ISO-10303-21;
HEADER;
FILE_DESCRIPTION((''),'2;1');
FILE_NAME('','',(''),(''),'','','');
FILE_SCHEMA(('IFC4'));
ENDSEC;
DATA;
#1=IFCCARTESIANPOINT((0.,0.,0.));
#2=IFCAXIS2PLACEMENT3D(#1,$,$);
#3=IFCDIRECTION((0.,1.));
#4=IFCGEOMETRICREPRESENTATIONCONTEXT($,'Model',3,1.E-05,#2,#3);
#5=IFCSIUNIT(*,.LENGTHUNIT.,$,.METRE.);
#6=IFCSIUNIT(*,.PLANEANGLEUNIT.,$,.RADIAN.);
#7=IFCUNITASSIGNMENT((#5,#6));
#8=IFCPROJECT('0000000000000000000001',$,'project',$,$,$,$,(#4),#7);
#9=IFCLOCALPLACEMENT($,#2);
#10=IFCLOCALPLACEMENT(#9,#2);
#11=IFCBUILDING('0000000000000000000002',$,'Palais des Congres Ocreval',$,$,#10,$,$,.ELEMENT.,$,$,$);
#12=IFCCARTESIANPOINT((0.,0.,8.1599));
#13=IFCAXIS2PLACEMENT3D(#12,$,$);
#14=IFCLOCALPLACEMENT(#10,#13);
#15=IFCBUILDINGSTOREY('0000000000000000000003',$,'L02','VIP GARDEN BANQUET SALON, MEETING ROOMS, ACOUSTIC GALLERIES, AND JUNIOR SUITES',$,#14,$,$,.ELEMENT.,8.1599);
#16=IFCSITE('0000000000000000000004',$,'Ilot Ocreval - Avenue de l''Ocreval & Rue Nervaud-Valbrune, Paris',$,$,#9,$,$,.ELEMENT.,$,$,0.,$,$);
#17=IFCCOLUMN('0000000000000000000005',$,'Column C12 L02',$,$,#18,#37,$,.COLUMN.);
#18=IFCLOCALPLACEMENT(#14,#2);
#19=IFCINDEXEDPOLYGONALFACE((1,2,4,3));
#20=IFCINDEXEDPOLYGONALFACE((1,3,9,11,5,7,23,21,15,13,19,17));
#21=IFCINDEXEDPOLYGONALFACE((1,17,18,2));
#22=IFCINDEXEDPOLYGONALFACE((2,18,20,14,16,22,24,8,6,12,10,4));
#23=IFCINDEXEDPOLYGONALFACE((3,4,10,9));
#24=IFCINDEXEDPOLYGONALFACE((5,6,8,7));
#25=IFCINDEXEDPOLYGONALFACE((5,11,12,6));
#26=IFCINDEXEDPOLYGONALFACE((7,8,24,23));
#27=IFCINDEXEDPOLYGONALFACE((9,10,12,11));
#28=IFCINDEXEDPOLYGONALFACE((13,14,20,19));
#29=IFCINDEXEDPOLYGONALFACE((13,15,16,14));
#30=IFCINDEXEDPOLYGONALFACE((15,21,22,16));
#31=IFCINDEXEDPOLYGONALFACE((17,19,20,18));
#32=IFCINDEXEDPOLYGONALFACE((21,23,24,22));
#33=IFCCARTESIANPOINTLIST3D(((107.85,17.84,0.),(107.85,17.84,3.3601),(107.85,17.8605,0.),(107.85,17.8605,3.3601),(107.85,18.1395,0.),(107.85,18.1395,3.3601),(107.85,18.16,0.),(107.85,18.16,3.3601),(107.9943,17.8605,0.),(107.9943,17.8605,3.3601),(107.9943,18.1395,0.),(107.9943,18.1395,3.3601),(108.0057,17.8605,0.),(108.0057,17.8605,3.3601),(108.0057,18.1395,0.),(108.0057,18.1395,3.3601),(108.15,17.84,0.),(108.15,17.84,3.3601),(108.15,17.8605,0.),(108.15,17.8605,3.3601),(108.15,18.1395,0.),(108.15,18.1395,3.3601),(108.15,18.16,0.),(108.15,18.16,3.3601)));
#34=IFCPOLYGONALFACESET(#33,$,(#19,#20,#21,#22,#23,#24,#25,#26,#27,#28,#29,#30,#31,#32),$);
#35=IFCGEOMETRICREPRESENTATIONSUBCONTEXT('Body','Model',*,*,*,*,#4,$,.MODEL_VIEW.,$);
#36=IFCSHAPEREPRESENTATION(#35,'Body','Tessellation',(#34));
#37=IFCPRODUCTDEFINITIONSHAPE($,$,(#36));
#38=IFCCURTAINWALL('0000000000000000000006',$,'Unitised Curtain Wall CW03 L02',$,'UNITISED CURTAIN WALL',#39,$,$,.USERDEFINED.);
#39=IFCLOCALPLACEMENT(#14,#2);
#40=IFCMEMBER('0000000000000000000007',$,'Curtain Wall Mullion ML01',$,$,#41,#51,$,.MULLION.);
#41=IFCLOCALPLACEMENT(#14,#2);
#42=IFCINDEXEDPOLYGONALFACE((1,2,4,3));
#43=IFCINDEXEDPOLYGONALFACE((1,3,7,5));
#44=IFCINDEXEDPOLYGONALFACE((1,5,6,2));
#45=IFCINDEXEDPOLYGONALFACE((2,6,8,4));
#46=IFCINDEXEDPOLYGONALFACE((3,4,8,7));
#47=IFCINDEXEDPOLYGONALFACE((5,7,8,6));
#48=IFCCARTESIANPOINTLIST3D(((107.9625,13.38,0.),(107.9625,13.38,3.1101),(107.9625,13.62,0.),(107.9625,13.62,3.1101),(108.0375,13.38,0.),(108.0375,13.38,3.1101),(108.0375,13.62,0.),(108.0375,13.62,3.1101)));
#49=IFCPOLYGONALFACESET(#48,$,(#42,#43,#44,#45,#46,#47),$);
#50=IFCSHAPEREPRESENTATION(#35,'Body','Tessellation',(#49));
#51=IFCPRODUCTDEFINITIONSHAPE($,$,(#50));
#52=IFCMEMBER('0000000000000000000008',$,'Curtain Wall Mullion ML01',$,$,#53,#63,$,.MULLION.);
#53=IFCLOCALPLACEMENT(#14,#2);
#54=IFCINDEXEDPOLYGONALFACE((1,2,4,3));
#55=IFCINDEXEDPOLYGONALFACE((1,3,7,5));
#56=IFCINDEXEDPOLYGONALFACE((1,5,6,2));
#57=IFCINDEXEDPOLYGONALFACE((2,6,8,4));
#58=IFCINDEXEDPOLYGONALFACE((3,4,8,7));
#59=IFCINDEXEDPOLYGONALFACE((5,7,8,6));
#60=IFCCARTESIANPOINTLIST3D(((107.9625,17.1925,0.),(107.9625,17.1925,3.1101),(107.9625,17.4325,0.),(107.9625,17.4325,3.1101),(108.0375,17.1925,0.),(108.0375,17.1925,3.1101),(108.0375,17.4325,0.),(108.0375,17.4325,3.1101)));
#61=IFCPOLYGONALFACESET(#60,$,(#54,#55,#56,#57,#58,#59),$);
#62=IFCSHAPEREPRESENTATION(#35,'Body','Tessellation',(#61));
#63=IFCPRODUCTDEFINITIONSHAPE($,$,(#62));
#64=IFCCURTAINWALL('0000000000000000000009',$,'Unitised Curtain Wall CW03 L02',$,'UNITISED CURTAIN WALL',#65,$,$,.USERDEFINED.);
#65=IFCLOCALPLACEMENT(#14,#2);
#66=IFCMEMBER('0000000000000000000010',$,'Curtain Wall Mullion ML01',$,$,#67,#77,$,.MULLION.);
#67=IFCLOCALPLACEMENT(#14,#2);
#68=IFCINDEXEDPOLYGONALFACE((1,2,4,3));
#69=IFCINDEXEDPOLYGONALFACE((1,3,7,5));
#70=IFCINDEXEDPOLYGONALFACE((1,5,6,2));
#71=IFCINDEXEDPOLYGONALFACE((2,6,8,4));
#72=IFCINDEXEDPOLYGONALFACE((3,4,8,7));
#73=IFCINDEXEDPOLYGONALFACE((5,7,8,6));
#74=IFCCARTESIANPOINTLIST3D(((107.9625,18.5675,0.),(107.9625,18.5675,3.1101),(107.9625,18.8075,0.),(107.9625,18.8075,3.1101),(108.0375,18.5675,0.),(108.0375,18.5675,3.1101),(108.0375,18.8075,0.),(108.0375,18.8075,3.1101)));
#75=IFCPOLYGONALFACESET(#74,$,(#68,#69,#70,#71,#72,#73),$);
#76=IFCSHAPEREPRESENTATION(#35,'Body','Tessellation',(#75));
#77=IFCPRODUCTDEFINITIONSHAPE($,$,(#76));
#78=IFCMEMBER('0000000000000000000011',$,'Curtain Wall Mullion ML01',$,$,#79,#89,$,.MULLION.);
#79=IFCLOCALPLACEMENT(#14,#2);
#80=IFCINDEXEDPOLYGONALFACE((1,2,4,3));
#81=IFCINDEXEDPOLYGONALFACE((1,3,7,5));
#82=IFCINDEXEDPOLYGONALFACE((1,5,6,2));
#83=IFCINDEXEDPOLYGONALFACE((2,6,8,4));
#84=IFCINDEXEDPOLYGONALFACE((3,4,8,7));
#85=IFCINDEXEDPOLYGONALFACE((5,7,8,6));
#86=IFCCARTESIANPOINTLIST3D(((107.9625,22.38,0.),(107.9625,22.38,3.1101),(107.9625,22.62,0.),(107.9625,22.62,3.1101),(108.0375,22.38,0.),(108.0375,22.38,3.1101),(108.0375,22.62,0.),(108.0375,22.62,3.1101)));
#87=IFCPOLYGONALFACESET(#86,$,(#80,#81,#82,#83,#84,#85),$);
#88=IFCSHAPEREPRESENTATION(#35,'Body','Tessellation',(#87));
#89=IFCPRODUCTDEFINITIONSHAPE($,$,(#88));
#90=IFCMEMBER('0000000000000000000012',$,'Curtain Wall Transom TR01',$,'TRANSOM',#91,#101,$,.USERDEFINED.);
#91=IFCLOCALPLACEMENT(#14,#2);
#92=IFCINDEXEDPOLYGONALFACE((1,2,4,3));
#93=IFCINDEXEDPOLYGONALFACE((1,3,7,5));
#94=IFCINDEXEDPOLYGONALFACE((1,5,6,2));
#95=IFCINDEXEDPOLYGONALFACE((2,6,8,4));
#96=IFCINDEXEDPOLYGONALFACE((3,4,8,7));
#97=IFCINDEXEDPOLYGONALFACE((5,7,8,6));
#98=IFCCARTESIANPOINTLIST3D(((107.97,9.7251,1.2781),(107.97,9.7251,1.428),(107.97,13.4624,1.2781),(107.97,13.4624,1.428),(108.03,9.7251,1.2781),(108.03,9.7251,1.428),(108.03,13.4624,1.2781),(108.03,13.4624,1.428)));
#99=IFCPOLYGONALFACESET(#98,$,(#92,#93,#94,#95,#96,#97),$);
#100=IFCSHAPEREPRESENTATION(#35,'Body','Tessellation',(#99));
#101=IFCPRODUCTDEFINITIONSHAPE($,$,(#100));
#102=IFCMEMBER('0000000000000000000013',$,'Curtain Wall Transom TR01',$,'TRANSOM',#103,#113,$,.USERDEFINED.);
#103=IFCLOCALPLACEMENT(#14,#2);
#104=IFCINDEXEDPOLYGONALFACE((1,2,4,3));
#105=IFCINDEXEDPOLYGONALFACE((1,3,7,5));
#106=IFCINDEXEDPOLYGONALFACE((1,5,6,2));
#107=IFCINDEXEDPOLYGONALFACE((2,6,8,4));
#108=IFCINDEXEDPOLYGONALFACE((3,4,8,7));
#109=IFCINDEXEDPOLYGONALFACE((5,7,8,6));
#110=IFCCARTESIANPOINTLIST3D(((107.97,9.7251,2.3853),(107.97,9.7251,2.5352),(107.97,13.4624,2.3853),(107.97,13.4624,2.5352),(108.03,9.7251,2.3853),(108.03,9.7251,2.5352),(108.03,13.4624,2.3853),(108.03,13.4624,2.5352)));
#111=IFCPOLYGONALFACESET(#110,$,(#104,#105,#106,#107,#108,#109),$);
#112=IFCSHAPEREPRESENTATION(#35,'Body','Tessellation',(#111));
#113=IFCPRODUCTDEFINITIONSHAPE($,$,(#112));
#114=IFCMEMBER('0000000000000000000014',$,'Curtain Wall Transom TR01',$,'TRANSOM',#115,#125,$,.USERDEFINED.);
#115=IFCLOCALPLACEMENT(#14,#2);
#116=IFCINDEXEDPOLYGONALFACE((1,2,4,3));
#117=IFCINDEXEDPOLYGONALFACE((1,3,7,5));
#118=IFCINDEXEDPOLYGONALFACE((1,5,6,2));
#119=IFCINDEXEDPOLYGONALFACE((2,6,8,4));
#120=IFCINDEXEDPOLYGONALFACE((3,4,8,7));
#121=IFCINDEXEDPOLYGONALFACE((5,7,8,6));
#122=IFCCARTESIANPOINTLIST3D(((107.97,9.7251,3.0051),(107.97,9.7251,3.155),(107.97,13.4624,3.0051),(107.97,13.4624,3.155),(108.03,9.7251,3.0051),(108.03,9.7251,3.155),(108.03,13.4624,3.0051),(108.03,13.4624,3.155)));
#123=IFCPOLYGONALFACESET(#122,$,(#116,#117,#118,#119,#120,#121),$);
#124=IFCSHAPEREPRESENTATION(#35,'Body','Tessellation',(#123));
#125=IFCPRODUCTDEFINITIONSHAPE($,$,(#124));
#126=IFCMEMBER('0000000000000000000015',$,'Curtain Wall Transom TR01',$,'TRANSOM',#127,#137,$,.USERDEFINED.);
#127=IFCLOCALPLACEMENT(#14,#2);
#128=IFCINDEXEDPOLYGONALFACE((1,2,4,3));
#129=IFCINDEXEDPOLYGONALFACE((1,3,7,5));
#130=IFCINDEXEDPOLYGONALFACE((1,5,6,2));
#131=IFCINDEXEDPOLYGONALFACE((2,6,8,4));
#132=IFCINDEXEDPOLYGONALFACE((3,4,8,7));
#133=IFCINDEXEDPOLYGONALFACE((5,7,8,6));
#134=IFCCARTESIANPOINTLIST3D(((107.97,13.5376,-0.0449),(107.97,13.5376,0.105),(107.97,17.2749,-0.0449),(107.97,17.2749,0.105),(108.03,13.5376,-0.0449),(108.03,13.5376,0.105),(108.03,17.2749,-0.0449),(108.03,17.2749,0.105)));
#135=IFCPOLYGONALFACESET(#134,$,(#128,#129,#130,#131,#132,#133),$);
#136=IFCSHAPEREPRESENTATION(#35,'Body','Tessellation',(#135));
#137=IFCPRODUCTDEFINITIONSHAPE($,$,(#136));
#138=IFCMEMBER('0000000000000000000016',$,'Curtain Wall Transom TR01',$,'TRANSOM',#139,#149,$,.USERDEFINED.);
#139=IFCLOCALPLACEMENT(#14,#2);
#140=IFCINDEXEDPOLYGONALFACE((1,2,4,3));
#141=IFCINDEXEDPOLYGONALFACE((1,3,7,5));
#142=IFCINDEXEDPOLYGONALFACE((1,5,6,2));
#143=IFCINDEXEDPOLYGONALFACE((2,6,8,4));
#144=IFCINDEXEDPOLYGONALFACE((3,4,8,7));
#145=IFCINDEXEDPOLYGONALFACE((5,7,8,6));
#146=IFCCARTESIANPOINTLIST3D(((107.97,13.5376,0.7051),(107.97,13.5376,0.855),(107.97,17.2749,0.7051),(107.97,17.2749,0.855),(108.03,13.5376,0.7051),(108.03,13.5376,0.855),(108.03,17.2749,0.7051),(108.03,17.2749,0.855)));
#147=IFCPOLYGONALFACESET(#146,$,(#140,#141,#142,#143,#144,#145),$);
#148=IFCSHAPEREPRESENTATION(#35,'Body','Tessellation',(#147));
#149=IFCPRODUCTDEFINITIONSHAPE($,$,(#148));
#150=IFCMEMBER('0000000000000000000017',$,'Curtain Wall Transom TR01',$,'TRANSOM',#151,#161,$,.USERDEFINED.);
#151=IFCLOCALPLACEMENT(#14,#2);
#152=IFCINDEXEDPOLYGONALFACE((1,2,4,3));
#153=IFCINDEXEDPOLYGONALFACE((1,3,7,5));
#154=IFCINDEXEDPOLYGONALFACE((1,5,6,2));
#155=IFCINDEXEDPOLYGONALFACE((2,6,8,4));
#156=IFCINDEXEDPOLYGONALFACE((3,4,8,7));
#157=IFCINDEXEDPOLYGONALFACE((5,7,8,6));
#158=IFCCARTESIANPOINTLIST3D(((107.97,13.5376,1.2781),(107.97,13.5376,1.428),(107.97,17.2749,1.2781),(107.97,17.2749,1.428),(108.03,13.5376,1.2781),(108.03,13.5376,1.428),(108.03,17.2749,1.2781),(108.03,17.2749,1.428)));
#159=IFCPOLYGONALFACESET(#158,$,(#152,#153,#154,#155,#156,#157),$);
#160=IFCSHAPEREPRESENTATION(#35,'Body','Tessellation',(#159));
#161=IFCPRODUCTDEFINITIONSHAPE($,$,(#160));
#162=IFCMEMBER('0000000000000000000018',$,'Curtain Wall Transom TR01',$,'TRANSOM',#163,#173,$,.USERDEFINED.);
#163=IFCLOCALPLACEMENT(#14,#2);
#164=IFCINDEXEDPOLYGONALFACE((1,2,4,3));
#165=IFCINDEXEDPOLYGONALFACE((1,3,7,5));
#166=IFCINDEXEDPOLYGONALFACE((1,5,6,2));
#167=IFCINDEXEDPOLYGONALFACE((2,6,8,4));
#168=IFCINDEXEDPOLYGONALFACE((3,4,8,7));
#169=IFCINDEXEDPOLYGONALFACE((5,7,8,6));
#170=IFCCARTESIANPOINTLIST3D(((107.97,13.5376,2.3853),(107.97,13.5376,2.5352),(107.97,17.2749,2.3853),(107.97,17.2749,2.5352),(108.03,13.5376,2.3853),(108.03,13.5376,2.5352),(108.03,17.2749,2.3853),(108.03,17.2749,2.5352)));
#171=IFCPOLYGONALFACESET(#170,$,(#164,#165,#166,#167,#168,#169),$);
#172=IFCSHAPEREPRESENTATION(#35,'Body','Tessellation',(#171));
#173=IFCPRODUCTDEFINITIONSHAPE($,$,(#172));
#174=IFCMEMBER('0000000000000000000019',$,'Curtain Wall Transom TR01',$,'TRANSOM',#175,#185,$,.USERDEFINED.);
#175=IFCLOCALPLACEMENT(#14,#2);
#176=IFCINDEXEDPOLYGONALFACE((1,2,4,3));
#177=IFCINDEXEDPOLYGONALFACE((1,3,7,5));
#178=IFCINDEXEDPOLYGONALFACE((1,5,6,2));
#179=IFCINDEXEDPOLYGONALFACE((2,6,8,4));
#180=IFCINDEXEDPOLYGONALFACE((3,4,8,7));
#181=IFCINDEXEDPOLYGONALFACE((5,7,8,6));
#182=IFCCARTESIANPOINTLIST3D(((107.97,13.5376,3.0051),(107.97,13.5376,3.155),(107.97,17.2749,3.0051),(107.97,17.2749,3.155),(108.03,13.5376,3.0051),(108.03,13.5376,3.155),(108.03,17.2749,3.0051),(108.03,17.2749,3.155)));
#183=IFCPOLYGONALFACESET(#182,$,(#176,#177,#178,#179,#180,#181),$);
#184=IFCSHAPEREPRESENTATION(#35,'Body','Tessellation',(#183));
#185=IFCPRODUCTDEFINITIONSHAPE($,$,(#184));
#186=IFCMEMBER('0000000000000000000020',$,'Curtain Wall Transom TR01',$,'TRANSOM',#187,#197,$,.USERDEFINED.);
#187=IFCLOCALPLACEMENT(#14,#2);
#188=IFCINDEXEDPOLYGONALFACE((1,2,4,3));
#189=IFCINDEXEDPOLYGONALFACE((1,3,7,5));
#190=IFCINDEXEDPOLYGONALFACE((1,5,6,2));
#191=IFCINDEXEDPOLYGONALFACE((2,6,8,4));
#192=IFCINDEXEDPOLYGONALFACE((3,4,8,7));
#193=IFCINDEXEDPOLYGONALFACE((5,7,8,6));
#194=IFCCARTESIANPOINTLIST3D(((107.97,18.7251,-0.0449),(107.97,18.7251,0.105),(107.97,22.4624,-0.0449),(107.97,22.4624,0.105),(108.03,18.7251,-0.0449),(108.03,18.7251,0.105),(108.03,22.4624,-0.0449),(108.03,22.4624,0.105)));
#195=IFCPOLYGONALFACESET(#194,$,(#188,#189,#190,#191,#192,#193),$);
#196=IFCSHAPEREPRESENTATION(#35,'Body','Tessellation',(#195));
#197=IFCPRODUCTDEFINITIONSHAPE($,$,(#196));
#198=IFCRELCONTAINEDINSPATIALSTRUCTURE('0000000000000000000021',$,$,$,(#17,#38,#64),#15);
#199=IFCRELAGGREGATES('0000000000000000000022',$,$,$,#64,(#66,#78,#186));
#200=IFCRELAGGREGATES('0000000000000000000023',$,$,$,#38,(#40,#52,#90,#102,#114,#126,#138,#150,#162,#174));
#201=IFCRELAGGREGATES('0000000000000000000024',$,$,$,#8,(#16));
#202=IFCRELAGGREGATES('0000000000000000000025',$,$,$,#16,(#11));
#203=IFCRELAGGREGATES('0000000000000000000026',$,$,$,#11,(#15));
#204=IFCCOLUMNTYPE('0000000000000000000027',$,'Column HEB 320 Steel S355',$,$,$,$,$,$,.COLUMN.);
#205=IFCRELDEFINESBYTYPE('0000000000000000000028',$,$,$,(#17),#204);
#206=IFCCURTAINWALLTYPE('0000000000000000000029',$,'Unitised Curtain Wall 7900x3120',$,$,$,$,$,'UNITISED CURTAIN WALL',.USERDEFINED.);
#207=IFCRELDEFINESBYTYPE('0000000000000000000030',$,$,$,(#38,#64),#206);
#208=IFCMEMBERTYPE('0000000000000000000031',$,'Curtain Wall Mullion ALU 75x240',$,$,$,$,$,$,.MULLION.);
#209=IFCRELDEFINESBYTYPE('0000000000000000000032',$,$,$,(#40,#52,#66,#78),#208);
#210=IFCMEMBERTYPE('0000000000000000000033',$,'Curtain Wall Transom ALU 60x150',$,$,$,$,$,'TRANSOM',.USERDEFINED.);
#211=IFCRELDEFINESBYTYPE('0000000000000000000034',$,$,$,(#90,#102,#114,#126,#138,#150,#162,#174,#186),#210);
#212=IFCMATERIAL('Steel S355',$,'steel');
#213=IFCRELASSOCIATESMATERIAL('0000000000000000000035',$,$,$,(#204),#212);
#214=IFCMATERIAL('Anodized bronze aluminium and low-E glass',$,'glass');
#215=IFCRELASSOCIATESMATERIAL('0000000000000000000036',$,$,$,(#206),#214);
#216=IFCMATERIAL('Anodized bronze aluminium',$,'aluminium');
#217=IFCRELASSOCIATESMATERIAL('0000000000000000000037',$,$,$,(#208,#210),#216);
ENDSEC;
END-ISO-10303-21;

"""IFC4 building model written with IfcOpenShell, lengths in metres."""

from ifc_helpers import new_model, si_unit, direction, frame, origin, origin_2d, place, context, subcontext, project, spatial, rectangle, i_section, extrude, material, material_profile, profile_set, type_object, element, aggregate, save


model = new_model("IFC4")

# Units and contexts
model_context = context("Model", 3, precision=1e-05, world=origin(), true_north=direction((0.0, 1.0)))
body_context = subcontext(model_context, "Body", "Model", "MODEL_VIEW")
ifc_project = project(units=[si_unit("LENGTHUNIT", "METRE"), si_unit("PLANEANGLEUNIT", "RADIAN")], contexts=[model_context])

# Site, building, storey
site_placement = place(None, origin())
site = spatial("IfcSite", under=ifc_project, at=site_placement, Name="Ilot Ocreval - Avenue de l'Ocreval & Rue Nervaud-Valbrune, Paris", CompositionType="ELEMENT", RefElevation=0.0)
building_placement = place(site_placement, origin())
building = spatial("IfcBuilding", under=site, at=building_placement, Name="Palais des Congres Ocreval", CompositionType="ELEMENT")
storey_placement = place(building_placement, frame((0.0, 0.0, 8.1599)))
storey = spatial("IfcBuildingStorey", under=building, at=storey_placement, Name="L02", Description="VIP GARDEN BANQUET SALON, MEETING ROOMS, ACOUSTIC GALLERIES, AND JUNIOR SUITES", CompositionType="ELEMENT", Elevation=8.1599)

# Column
ifc_material_1 = material(Name="Steel S355", Category="steel")
ifc_material_profile_1 = material_profile(ifc_material_1, i_section(OverallWidth=0.3, OverallDepth=0.3201, WebThickness=0.0115, FlangeThickness=0.0205, at=origin_2d()), Name="HEB 320")
ifc_profile_set_1 = profile_set([ifc_material_profile_1], Name="Steel S355")
column_type = type_object("IfcColumnType", Name="Column HEB 320 Steel S355", PredefinedType="COLUMN", material=ifc_profile_set_1)
column_placement = place(storey_placement, frame((108.0, 18.0, 0.0), z_axis=(0.0, 0.0, 1.0), x_axis=(1.0, 0.0, 0.0)))
element("IfcColumn", 1, at=column_placement, inside=storey, type_object=column_type, Name="Column C12 L02", PredefinedType="COLUMN", context=body_context, shape_type="SweptSolid", body=[
    extrude(i_section(OverallWidth=0.3, OverallDepth=0.3201, WebThickness=0.0115, FlangeThickness=0.0205, at=origin_2d()), origin(), (0.0, 0.0, 1.0), 3.3601),
])

# Curtain walls, members
ifc_material_2 = material(Name="Anodized bronze aluminium and low-E glass", Category="glass")
curtain_wall_type = type_object("IfcCurtainWallType", Name="Unitised Curtain Wall 7900x3120", ElementType="UNITISED CURTAIN WALL", PredefinedType="USERDEFINED", material=ifc_material_2)
curtain_wall_1_placement = place(storey_placement, origin())
curtain_wall_1 = element("IfcCurtainWall", 2, at=curtain_wall_1_placement, inside=storey, type_object=curtain_wall_type, Name="Unitised Curtain Wall CW03 L02", ObjectType="UNITISED CURTAIN WALL", PredefinedType="USERDEFINED")
ifc_material_3 = material(Name="Anodized bronze aluminium", Category="aluminium")
ifc_material_profile_2 = material_profile(ifc_material_3, rectangle(XDim=0.075, YDim=0.24, at=origin_2d()), Name="ALU 75x240")
ifc_profile_set_2 = profile_set([ifc_material_profile_2], Name="Anodized bronze aluminium")
member_type_1 = type_object("IfcMemberType", Name="Curtain Wall Mullion ALU 75x240", PredefinedType="MULLION", material=ifc_profile_set_2)
member_1_placement = place(storey_placement, frame((108.0, 13.5, 0.0), z_axis=(0.0, 0.0, 1.0), x_axis=(-1.0, 0.0, 0.0)))
member_1 = element("IfcMember", 3, at=member_1_placement, type_object=member_type_1, Name="Curtain Wall Mullion ML01", PredefinedType="MULLION", context=body_context, shape_type="SweptSolid", body=[
    extrude(rectangle(XDim=0.075, YDim=0.24, at=origin_2d()), origin(), (0.0, 0.0, 1.0), 3.1101),
])
member_2_placement = place(storey_placement, frame((108.0, 17.3125, 0.0), z_axis=(0.0, 0.0, 1.0), x_axis=(-1.0, 0.0, 0.0)))
member_2 = element("IfcMember", 4, at=member_2_placement, type_object=member_type_1, Name="Curtain Wall Mullion ML01", PredefinedType="MULLION", context=body_context, shape_type="SweptSolid", body=[
    extrude(rectangle(XDim=0.075, YDim=0.24, at=origin_2d()), origin(), (0.0, 0.0, 1.0), 3.1101),
])
curtain_wall_2_placement = place(storey_placement, origin())
curtain_wall_2 = element("IfcCurtainWall", 5, at=curtain_wall_2_placement, inside=storey, type_object=curtain_wall_type, Name="Unitised Curtain Wall CW03 L02", ObjectType="UNITISED CURTAIN WALL", PredefinedType="USERDEFINED")
member_3_placement = place(storey_placement, frame((108.0, 18.6875, 0.0), z_axis=(0.0, 0.0, 1.0), x_axis=(-1.0, 0.0, 0.0)))
member_3 = element("IfcMember", 6, at=member_3_placement, type_object=member_type_1, Name="Curtain Wall Mullion ML01", PredefinedType="MULLION", context=body_context, shape_type="SweptSolid", body=[
    extrude(rectangle(XDim=0.075, YDim=0.24, at=origin_2d()), origin(), (0.0, 0.0, 1.0), 3.1101),
])
member_4_placement = place(storey_placement, frame((108.0, 22.5, 0.0), z_axis=(0.0, 0.0, 1.0), x_axis=(-1.0, 0.0, 0.0)))
member_4 = element("IfcMember", 7, at=member_4_placement, type_object=member_type_1, Name="Curtain Wall Mullion ML01", PredefinedType="MULLION", context=body_context, shape_type="SweptSolid", body=[
    extrude(rectangle(XDim=0.075, YDim=0.24, at=origin_2d()), origin(), (0.0, 0.0, 1.0), 3.1101),
])

# Members
ifc_material_profile_3 = material_profile(ifc_material_3, rectangle(XDim=0.0601, YDim=0.1499, at=origin_2d()), Name="ALU 60x150")
ifc_profile_set_3 = profile_set([ifc_material_profile_3], Name="Anodized bronze aluminium")
member_type_2 = type_object("IfcMemberType", Name="Curtain Wall Transom ALU 60x150", ElementType="TRANSOM", PredefinedType="USERDEFINED", material=ifc_profile_set_3)
member_5_placement = place(storey_placement, frame((108.0, 9.7251, 1.353), z_axis=(0.0, 1.0, 0.0), x_axis=(-1.0, 0.0, 0.0)))
member_5 = element("IfcMember", 8, at=member_5_placement, type_object=member_type_2, Name="Curtain Wall Transom TR01", ObjectType="TRANSOM", PredefinedType="USERDEFINED", context=body_context, shape_type="SweptSolid", body=[
    extrude(rectangle(XDim=0.0601, YDim=0.1499, at=origin_2d()), origin(), (0.0, 0.0, 1.0), 3.7373),
])
member_6_placement = place(storey_placement, frame((108.0, 9.7251, 2.4602), z_axis=(0.0, 1.0, 0.0), x_axis=(-1.0, 0.0, 0.0)))
member_6 = element("IfcMember", 9, at=member_6_placement, type_object=member_type_2, Name="Curtain Wall Transom TR01", ObjectType="TRANSOM", PredefinedType="USERDEFINED", context=body_context, shape_type="SweptSolid", body=[
    extrude(rectangle(XDim=0.0601, YDim=0.1499, at=origin_2d()), origin(), (0.0, 0.0, 1.0), 3.7373),
])
member_7_placement = place(storey_placement, frame((108.0, 9.7251, 3.0801), z_axis=(0.0, 1.0, 0.0), x_axis=(-1.0, 0.0, 0.0)))
member_7 = element("IfcMember", 10, at=member_7_placement, type_object=member_type_2, Name="Curtain Wall Transom TR01", ObjectType="TRANSOM", PredefinedType="USERDEFINED", context=body_context, shape_type="SweptSolid", body=[
    extrude(rectangle(XDim=0.0601, YDim=0.1499, at=origin_2d()), origin(), (0.0, 0.0, 1.0), 3.7373),
])
member_8_placement = place(storey_placement, frame((108.0, 13.5376, 0.03), z_axis=(0.0, 1.0, 0.0), x_axis=(-1.0, 0.0, 0.0)))
member_8 = element("IfcMember", 11, at=member_8_placement, type_object=member_type_2, Name="Curtain Wall Transom TR01", ObjectType="TRANSOM", PredefinedType="USERDEFINED", context=body_context, shape_type="SweptSolid", body=[
    extrude(rectangle(XDim=0.0601, YDim=0.1499, at=origin_2d()), origin(), (0.0, 0.0, 1.0), 3.7373),
])
member_9_placement = place(storey_placement, frame((108.0, 13.5376, 0.78), z_axis=(0.0, 1.0, 0.0), x_axis=(-1.0, 0.0, 0.0)))
member_9 = element("IfcMember", 12, at=member_9_placement, type_object=member_type_2, Name="Curtain Wall Transom TR01", ObjectType="TRANSOM", PredefinedType="USERDEFINED", context=body_context, shape_type="SweptSolid", body=[
    extrude(rectangle(XDim=0.0601, YDim=0.1499, at=origin_2d()), origin(), (0.0, 0.0, 1.0), 3.7373),
])
member_10_placement = place(storey_placement, frame((108.0, 13.5376, 1.353), z_axis=(0.0, 1.0, 0.0), x_axis=(-1.0, 0.0, 0.0)))
member_10 = element("IfcMember", 13, at=member_10_placement, type_object=member_type_2, Name="Curtain Wall Transom TR01", ObjectType="TRANSOM", PredefinedType="USERDEFINED", context=body_context, shape_type="SweptSolid", body=[
    extrude(rectangle(XDim=0.0601, YDim=0.1499, at=origin_2d()), origin(), (0.0, 0.0, 1.0), 3.7373),
])
member_11_placement = place(storey_placement, frame((108.0, 13.5376, 2.4602), z_axis=(0.0, 1.0, 0.0), x_axis=(-1.0, 0.0, 0.0)))
member_11 = element("IfcMember", 14, at=member_11_placement, type_object=member_type_2, Name="Curtain Wall Transom TR01", ObjectType="TRANSOM", PredefinedType="USERDEFINED", context=body_context, shape_type="SweptSolid", body=[
    extrude(rectangle(XDim=0.0601, YDim=0.1499, at=origin_2d()), origin(), (0.0, 0.0, 1.0), 3.7373),
])
member_12_placement = place(storey_placement, frame((108.0, 13.5376, 3.0801), z_axis=(0.0, 1.0, 0.0), x_axis=(-1.0, 0.0, 0.0)))
member_12 = element("IfcMember", 15, at=member_12_placement, type_object=member_type_2, Name="Curtain Wall Transom TR01", ObjectType="TRANSOM", PredefinedType="USERDEFINED", context=body_context, shape_type="SweptSolid", body=[
    extrude(rectangle(XDim=0.0601, YDim=0.1499, at=origin_2d()), origin(), (0.0, 0.0, 1.0), 3.7373),
])
member_13_placement = place(storey_placement, frame((108.0, 18.7251, 0.03), z_axis=(0.0, 1.0, 0.0), x_axis=(-1.0, 0.0, 0.0)))
member_13 = element("IfcMember", 16, at=member_13_placement, type_object=member_type_2, Name="Curtain Wall Transom TR01", ObjectType="TRANSOM", PredefinedType="USERDEFINED", context=body_context, shape_type="SweptSolid", body=[
    extrude(rectangle(XDim=0.0601, YDim=0.1499, at=origin_2d()), origin(), (0.0, 0.0, 1.0), 3.7373),
])

aggregate(curtain_wall_2, [member_3, member_4, member_13])
aggregate(curtain_wall_1, [member_1, member_2, member_5, member_6, member_7, member_8, member_9, member_10, member_11, member_12])

save(model, "model.ifc")
